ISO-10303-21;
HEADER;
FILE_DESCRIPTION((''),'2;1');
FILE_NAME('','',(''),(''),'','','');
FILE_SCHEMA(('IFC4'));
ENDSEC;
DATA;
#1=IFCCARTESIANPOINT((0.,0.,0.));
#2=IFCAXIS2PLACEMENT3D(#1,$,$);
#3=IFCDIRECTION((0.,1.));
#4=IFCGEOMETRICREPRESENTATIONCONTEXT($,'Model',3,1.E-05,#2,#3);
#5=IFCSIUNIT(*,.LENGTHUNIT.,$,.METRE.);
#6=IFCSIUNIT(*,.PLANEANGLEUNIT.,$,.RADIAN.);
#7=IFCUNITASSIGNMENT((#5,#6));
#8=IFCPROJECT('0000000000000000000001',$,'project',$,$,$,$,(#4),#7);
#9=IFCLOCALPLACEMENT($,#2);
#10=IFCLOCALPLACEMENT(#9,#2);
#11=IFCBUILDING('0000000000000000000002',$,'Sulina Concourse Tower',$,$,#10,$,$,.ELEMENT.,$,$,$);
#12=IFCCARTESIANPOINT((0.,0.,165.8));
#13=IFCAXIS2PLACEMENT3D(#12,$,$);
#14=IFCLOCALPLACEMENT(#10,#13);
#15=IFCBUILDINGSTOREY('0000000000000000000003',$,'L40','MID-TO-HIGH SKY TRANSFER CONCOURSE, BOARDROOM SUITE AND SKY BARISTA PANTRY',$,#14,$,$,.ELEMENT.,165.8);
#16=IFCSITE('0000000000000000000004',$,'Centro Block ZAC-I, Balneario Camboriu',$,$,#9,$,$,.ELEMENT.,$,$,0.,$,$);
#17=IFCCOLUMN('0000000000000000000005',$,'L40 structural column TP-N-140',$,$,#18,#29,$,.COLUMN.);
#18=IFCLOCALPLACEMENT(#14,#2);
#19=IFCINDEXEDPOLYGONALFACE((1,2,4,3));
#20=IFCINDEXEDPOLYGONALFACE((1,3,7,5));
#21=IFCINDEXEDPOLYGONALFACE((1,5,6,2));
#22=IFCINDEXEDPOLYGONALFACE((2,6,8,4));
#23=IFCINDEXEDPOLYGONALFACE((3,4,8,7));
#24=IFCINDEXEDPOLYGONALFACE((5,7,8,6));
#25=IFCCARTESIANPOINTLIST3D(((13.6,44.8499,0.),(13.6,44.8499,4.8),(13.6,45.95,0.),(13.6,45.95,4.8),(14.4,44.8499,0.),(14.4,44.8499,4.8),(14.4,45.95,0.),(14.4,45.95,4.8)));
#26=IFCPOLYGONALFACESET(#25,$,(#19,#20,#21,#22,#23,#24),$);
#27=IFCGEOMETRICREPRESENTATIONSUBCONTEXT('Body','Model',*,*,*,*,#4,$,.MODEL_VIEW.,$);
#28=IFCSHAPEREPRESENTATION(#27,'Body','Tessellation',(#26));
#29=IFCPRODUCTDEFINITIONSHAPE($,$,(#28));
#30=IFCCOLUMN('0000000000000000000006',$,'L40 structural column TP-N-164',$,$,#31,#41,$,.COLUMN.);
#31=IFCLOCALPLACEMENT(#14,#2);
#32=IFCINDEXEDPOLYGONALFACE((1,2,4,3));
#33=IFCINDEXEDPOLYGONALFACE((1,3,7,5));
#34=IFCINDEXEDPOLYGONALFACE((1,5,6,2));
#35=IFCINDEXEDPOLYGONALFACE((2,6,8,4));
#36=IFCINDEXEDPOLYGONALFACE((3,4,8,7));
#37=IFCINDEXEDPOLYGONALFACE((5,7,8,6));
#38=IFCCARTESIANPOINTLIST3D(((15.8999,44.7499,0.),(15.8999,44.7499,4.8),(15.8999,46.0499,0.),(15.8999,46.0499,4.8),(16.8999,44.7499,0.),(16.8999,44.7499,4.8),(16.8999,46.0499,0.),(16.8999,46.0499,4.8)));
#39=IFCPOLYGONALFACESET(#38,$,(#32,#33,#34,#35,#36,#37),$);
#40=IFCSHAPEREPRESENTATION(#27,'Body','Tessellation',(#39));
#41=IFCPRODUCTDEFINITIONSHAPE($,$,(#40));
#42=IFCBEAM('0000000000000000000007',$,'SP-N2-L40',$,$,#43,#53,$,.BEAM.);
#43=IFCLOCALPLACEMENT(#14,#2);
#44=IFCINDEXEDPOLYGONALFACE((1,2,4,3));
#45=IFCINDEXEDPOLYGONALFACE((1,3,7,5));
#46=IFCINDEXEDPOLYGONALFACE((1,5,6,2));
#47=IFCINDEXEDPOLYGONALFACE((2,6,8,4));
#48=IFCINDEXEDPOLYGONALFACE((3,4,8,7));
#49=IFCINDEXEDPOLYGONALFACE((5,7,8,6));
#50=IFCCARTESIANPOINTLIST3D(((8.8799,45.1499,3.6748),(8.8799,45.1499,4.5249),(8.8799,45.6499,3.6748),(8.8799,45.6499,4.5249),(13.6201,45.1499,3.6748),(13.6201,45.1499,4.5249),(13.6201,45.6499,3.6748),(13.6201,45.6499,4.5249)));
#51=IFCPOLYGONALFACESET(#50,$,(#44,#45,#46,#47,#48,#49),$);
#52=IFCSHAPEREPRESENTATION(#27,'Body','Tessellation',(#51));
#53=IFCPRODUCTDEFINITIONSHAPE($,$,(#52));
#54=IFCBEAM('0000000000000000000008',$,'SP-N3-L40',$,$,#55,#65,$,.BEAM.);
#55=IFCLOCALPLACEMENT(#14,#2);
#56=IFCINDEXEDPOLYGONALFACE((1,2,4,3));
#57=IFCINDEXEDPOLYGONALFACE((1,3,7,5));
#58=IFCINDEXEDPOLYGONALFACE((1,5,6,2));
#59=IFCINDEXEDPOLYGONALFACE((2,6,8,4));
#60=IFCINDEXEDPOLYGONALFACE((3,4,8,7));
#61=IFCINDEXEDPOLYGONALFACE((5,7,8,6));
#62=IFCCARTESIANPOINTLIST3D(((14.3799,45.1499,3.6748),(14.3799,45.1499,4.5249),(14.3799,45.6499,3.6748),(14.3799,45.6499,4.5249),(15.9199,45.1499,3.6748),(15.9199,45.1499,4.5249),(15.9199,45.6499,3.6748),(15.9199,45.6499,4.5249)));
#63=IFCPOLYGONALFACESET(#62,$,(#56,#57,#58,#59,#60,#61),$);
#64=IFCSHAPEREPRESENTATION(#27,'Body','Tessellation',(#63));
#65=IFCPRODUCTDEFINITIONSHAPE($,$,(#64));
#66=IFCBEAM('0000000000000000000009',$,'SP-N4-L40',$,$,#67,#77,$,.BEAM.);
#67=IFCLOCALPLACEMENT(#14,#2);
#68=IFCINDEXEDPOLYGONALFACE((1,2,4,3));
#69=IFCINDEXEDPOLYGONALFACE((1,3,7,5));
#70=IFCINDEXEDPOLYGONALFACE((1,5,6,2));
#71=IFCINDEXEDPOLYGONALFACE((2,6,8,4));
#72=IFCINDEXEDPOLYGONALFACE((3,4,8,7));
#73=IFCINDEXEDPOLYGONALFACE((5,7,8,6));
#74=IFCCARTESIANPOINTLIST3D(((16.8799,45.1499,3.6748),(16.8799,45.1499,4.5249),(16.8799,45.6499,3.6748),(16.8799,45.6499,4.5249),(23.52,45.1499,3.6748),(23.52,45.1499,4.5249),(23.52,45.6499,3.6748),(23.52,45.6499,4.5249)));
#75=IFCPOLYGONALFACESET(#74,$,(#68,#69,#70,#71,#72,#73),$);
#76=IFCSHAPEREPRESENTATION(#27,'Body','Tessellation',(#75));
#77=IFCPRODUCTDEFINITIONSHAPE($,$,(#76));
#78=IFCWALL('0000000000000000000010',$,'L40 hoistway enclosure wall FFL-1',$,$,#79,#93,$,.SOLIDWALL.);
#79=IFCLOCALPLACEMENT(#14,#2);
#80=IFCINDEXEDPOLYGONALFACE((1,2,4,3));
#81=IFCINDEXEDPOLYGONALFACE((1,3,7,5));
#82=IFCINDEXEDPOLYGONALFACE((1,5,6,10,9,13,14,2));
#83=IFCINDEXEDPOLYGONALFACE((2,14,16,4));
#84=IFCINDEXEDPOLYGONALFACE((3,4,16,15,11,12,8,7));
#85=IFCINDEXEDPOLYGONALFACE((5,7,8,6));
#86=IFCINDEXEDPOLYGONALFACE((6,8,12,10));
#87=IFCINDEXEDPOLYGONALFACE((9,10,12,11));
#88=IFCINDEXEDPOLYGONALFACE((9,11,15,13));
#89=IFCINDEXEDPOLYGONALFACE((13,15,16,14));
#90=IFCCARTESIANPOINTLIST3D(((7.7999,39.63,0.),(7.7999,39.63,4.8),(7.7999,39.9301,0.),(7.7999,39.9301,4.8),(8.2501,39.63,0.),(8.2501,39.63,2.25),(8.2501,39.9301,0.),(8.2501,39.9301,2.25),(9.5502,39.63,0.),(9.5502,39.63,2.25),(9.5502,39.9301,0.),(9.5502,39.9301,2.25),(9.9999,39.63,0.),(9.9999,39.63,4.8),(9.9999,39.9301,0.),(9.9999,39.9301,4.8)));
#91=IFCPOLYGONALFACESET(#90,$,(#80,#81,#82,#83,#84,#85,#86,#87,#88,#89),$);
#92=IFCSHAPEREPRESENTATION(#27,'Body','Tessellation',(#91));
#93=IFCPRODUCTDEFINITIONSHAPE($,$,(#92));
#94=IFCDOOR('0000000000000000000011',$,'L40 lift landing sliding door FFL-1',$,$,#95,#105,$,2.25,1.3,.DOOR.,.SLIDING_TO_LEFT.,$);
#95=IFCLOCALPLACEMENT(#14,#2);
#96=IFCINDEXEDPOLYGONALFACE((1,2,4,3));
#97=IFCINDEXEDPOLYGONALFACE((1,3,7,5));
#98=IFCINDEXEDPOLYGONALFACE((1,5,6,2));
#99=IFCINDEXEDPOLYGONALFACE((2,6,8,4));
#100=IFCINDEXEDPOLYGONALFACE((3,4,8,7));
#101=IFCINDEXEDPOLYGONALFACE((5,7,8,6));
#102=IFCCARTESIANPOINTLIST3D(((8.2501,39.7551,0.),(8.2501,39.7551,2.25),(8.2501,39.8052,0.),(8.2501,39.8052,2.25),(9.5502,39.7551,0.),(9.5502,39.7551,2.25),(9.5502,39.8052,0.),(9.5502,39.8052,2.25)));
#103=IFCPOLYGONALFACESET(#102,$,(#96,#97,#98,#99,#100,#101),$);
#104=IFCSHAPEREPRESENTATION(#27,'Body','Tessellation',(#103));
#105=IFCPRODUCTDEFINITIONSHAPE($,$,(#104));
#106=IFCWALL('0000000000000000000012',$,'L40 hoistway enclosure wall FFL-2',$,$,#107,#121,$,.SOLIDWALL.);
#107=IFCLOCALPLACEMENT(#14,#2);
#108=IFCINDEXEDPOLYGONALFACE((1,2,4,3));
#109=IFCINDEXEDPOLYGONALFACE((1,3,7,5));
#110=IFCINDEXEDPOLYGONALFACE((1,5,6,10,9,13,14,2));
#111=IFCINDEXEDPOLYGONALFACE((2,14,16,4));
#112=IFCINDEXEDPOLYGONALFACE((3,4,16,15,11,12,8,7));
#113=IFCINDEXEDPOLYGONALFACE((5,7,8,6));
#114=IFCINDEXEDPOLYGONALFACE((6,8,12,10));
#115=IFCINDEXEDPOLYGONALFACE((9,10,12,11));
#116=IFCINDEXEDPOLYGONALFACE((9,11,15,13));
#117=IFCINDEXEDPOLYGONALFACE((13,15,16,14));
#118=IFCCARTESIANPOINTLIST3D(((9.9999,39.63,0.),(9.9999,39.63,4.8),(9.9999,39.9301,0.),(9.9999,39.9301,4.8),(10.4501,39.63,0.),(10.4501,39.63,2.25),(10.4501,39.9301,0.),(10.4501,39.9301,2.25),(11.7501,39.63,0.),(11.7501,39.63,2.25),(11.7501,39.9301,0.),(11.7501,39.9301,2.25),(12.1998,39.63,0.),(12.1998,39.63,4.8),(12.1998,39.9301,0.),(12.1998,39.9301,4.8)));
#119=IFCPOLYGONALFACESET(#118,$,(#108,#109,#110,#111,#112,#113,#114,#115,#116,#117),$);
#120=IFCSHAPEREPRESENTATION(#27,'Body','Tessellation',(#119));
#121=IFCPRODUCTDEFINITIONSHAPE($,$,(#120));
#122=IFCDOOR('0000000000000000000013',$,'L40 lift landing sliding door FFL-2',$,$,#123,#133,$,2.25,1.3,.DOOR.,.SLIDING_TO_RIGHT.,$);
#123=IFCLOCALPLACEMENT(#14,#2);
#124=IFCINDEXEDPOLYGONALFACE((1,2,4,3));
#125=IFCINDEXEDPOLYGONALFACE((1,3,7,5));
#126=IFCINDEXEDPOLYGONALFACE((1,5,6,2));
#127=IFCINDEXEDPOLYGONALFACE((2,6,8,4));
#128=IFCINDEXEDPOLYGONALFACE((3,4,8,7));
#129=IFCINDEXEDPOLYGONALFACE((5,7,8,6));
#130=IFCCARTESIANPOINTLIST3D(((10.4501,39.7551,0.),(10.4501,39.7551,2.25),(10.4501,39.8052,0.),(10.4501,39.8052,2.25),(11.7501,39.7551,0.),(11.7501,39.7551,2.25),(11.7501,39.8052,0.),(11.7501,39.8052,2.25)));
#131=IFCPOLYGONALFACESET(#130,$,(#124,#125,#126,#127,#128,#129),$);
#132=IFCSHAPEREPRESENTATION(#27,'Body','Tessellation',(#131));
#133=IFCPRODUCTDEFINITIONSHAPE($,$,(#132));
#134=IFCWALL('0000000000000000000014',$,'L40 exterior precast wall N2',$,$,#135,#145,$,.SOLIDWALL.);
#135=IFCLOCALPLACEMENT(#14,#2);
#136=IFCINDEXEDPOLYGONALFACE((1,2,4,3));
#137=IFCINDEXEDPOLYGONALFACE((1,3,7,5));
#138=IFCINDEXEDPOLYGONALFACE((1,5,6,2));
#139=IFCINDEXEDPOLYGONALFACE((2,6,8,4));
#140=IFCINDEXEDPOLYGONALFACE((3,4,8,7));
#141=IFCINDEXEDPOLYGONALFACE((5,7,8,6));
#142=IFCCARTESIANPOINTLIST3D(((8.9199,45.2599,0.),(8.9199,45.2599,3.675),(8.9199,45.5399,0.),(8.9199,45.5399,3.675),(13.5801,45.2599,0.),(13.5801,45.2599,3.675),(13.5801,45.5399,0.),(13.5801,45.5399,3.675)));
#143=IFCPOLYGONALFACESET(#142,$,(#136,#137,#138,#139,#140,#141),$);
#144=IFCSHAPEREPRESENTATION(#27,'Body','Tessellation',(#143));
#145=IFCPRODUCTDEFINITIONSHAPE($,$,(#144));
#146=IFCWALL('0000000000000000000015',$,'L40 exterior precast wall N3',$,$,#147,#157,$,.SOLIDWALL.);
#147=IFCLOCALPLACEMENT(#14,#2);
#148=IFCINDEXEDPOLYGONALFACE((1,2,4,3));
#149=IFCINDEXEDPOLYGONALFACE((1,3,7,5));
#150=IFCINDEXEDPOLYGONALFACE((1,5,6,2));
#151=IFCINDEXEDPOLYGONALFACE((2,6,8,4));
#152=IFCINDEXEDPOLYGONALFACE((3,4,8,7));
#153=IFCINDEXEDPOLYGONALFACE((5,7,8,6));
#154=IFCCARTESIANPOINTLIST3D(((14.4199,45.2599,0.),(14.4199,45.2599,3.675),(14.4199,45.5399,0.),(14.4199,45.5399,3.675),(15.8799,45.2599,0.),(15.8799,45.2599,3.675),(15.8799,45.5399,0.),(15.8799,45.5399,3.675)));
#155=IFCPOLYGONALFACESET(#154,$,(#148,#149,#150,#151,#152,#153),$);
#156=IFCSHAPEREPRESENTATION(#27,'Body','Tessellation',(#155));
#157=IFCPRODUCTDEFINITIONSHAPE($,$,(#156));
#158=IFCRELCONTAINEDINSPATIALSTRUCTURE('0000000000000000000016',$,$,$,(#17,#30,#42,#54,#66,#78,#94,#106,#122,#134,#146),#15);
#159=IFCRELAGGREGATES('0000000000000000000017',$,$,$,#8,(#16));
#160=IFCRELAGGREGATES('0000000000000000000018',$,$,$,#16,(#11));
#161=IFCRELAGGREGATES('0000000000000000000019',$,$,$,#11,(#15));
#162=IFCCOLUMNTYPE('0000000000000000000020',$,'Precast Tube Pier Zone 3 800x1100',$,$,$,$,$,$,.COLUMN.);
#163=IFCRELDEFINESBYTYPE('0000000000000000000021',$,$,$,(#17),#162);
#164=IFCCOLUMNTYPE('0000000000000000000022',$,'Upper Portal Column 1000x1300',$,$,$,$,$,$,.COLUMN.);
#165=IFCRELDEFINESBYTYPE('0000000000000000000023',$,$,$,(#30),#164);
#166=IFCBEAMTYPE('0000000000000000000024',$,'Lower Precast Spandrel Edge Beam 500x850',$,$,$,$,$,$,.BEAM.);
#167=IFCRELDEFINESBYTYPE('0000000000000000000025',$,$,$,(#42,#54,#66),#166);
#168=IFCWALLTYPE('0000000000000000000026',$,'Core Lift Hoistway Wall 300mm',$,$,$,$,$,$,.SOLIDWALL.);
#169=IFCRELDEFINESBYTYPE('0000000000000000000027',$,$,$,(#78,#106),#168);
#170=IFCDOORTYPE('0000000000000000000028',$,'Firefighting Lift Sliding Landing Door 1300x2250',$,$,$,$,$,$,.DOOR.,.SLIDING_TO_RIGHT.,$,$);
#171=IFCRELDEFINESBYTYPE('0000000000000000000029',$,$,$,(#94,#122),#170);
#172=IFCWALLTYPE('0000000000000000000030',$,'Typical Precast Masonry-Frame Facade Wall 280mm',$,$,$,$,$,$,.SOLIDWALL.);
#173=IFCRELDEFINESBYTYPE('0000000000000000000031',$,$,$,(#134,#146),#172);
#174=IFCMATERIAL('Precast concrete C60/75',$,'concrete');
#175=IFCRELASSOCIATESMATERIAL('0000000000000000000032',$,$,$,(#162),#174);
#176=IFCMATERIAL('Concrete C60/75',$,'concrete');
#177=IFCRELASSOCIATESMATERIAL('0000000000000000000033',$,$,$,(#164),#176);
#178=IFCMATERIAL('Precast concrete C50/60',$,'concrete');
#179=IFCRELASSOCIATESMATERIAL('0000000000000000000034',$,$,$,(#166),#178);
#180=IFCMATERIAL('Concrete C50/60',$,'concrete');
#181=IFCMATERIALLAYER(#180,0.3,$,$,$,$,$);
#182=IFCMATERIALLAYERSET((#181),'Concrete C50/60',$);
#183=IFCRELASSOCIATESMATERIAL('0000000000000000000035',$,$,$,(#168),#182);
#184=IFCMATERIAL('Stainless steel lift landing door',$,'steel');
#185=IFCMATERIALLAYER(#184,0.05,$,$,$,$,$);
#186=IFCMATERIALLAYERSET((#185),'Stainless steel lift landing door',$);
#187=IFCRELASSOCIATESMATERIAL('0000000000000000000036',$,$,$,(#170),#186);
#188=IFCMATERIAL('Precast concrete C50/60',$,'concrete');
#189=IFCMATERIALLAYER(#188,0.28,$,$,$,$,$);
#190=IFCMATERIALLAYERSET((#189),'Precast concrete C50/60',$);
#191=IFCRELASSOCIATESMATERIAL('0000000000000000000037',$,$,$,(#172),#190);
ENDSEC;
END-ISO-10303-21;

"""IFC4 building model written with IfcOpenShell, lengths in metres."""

from ifc_helpers import new_model, si_unit, direction, frame, frame_2d, origin, origin_2d, place, context, subcontext, project, spatial, rectangle, extrude, material, layer, layer_set, material_profile, profile_set, type_object, element, fill, save


model = new_model("IFC4")

# Units and contexts
model_context = context("Model", 3, precision=1e-05, world=origin(), true_north=direction((0.0, 1.0)))
body_context = subcontext(model_context, "Body", "Model", "MODEL_VIEW")
ifc_project = project(units=[si_unit("LENGTHUNIT", "METRE"), si_unit("PLANEANGLEUNIT", "RADIAN")], contexts=[model_context])

# Site, building, storey
site_placement = place(None, origin())
site = spatial("IfcSite", under=ifc_project, at=site_placement, Name="Centro Block ZAC-I, Balneario Camboriu", CompositionType="ELEMENT", RefElevation=0.0)
building_placement = place(site_placement, origin())
building = spatial("IfcBuilding", under=site, at=building_placement, Name="Sulina Concourse Tower", CompositionType="ELEMENT")
storey_placement = place(building_placement, frame((0.0, 0.0, 165.8)))
storey = spatial("IfcBuildingStorey", under=building, at=storey_placement, Name="L40", Description="MID-TO-HIGH SKY TRANSFER CONCOURSE, BOARDROOM SUITE AND SKY BARISTA PANTRY", CompositionType="ELEMENT", Elevation=165.8)

# Columns
ifc_material_1 = material(Name="Precast concrete C60/75", Category="concrete")
ifc_material_profile_1 = material_profile(ifc_material_1, rectangle(XDim=0.8, YDim=1.1001, at=origin_2d()), Name="PC 800x1100")
ifc_profile_set_1 = profile_set([ifc_material_profile_1], Name="Precast concrete C60/75")
column_type_1 = type_object("IfcColumnType", Name="Precast Tube Pier Zone 3 800x1100", PredefinedType="COLUMN", material=ifc_profile_set_1)
column_1_placement = place(storey_placement, frame((14.0, 45.3999, 0.0), z_axis=(0.0, 0.0, 1.0), x_axis=(1.0, 0.0, 0.0)))
element("IfcColumn", 1, at=column_1_placement, inside=storey, type_object=column_type_1, Name="L40 structural column TP-N-140", PredefinedType="COLUMN", context=body_context, shape_type="SweptSolid", body=[
    extrude(rectangle(XDim=0.8, YDim=1.1001, at=origin_2d()), origin(), (0.0, 0.0, 1.0), 4.8),
])
ifc_material_2 = material(Name="Concrete C60/75", Category="concrete")
ifc_material_profile_2 = material_profile(ifc_material_2, rectangle(XDim=1.0, YDim=1.3, at=origin_2d()), Name="RC 1000x1300")
ifc_profile_set_2 = profile_set([ifc_material_profile_2], Name="Concrete C60/75")
column_type_2 = type_object("IfcColumnType", Name="Upper Portal Column 1000x1300", PredefinedType="COLUMN", material=ifc_profile_set_2)
column_2_placement = place(storey_placement, frame((16.3999, 45.3999, 0.0), z_axis=(0.0, 0.0, 1.0), x_axis=(1.0, 0.0, 0.0)))
element("IfcColumn", 2, at=column_2_placement, inside=storey, type_object=column_type_2, Name="L40 structural column TP-N-164", PredefinedType="COLUMN", context=body_context, shape_type="SweptSolid", body=[
    extrude(rectangle(XDim=1.0, YDim=1.3, at=origin_2d()), origin(), (0.0, 0.0, 1.0), 4.8),
])

# Beams
ifc_material_3 = material(Name="Precast concrete C50/60", Category="concrete")
ifc_material_profile_3 = material_profile(ifc_material_3, rectangle(XDim=0.5, YDim=0.8501, at=origin_2d()), Name="RC 500x850")
ifc_profile_set_3 = profile_set([ifc_material_profile_3], Name="Precast concrete C50/60")
beam_type = type_object("IfcBeamType", Name="Lower Precast Spandrel Edge Beam 500x850", PredefinedType="BEAM", material=ifc_profile_set_3)
beam_1_placement = place(storey_placement, frame((8.8799, 45.3999, 4.0999), z_axis=(1.0, 0.0, 0.0), x_axis=(0.0, 1.0, 0.0)))
element("IfcBeam", 3, at=beam_1_placement, inside=storey, type_object=beam_type, Name="SP-N2-L40", PredefinedType="BEAM", context=body_context, shape_type="SweptSolid", body=[
    extrude(rectangle(XDim=0.5, YDim=0.8501, at=origin_2d()), origin(), (0.0, 0.0, 1.0), 4.7402),
])
beam_2_placement = place(storey_placement, frame((14.3799, 45.3999, 4.0999), z_axis=(1.0, 0.0, 0.0), x_axis=(0.0, 1.0, 0.0)))
element("IfcBeam", 4, at=beam_2_placement, inside=storey, type_object=beam_type, Name="SP-N3-L40", PredefinedType="BEAM", context=body_context, shape_type="SweptSolid", body=[
    extrude(rectangle(XDim=0.5, YDim=0.8501, at=origin_2d()), origin(), (0.0, 0.0, 1.0), 1.54),
])
beam_3_placement = place(storey_placement, frame((16.8799, 45.3999, 4.0999), z_axis=(1.0, 0.0, 0.0), x_axis=(0.0, 1.0, 0.0)))
element("IfcBeam", 5, at=beam_3_placement, inside=storey, type_object=beam_type, Name="SP-N4-L40", PredefinedType="BEAM", context=body_context, shape_type="SweptSolid", body=[
    extrude(rectangle(XDim=0.5, YDim=0.8501, at=origin_2d()), origin(), (0.0, 0.0, 1.0), 6.6401),
])

# Walls, openings, doors
ifc_material_4 = material(Name="Concrete C50/60", Category="concrete")
ifc_layer_1 = layer(ifc_material_4, 0.3)
ifc_layer_set_1 = layer_set([ifc_layer_1], Name="Concrete C50/60")
wall_type_1 = type_object("IfcWallType", Name="Core Lift Hoistway Wall 300mm", PredefinedType="SOLIDWALL", material=ifc_layer_set_1)
wall_1_placement = place(storey_placement, frame((10.0, 39.78, 0.0), z_axis=(0.0, 0.0, 1.0), x_axis=(-1.0, 0.0, 0.0)))
wall_1 = element("IfcWall", 6, at=wall_1_placement, inside=storey, type_object=wall_type_1, Name="L40 hoistway enclosure wall FFL-1", PredefinedType="SOLIDWALL", context=body_context, shape_type="SweptSolid", body=[
    extrude(rectangle(XDim=2.2, YDim=0.3, at=frame_2d((1.1001, 0.0))), origin(), (0.0, 0.0, 1.0), 4.8),
])
opening_1_placement = place(wall_1_placement, frame((0.45, 0.0, 0.0)))
opening_1 = element("IfcOpeningElement", 7, at=opening_1_placement, cuts=wall_1, PredefinedType="OPENING", context=body_context, shape_type="SweptSolid", body=[
    extrude(rectangle(XDim=1.3, YDim=2.25, at=frame_2d((0.6499, 1.125))), frame((0.0, 0.1599, 0.0), z_axis=(0.0, -1.0, 0.0), x_axis=(1.0, 0.0, 0.0)), (0.0, 0.0, 1.0), 0.3201),
])
ifc_material_5 = material(Name="Stainless steel lift landing door", Category="steel")
ifc_layer_2 = layer(ifc_material_5, 0.05)
ifc_layer_set_2 = layer_set([ifc_layer_2], Name="Stainless steel lift landing door")
door_type = type_object("IfcDoorType", Name="Firefighting Lift Sliding Landing Door 1300x2250", OperationType="SLIDING_TO_RIGHT", PredefinedType="DOOR", material=ifc_layer_set_2)
door_1_placement = place(opening_1_placement, origin())
door_1 = element("IfcDoor", 8, at=door_1_placement, inside=storey, type_object=door_type, Name="L40 lift landing sliding door FFL-1", OperationType="SLIDING_TO_LEFT", OverallHeight=2.25, OverallWidth=1.3, PredefinedType="DOOR", context=body_context, shape_type="SweptSolid", body=[
    extrude(rectangle(XDim=1.3, YDim=2.25, at=frame_2d((0.6499, 1.125))), frame((0.0, 0.0249, 0.0), z_axis=(0.0, -1.0, 0.0), x_axis=(1.0, 0.0, 0.0)), (0.0, 0.0, 1.0), 0.05),
])
fill(opening_1, door_1)
wall_2_placement = place(storey_placement, frame((12.2, 39.78, 0.0), z_axis=(0.0, 0.0, 1.0), x_axis=(-1.0, 0.0, 0.0)))
wall_2 = element("IfcWall", 9, at=wall_2_placement, inside=storey, type_object=wall_type_1, Name="L40 hoistway enclosure wall FFL-2", PredefinedType="SOLIDWALL", context=body_context, shape_type="SweptSolid", body=[
    extrude(rectangle(XDim=2.2, YDim=0.3, at=frame_2d((1.1001, 0.0))), origin(), (0.0, 0.0, 1.0), 4.8),
])
opening_2_placement = place(wall_2_placement, frame((0.45, 0.0, 0.0)))
opening_2 = element("IfcOpeningElement", 10, at=opening_2_placement, cuts=wall_2, PredefinedType="OPENING", context=body_context, shape_type="SweptSolid", body=[
    extrude(rectangle(XDim=1.3, YDim=2.25, at=frame_2d((0.6499, 1.125))), frame((0.0, 0.1599, 0.0), z_axis=(0.0, -1.0, 0.0), x_axis=(1.0, 0.0, 0.0)), (0.0, 0.0, 1.0), 0.3201),
])
door_2_placement = place(opening_2_placement, origin())
door_2 = element("IfcDoor", 11, at=door_2_placement, inside=storey, type_object=door_type, Name="L40 lift landing sliding door FFL-2", OperationType="SLIDING_TO_RIGHT", OverallHeight=2.25, OverallWidth=1.3, PredefinedType="DOOR", context=body_context, shape_type="SweptSolid", body=[
    extrude(rectangle(XDim=1.3, YDim=2.25, at=frame_2d((0.6499, 1.125))), frame((0.0, 0.0249, 0.0), z_axis=(0.0, -1.0, 0.0), x_axis=(1.0, 0.0, 0.0)), (0.0, 0.0, 1.0), 0.05),
])
fill(opening_2, door_2)

# Walls
ifc_material_6 = material(Name="Precast concrete C50/60", Category="concrete")
ifc_layer_3 = layer(ifc_material_6, 0.28)
ifc_layer_set_3 = layer_set([ifc_layer_3], Name="Precast concrete C50/60")
wall_type_2 = type_object("IfcWallType", Name="Typical Precast Masonry-Frame Facade Wall 280mm", PredefinedType="SOLIDWALL", material=ifc_layer_set_3)
wall_3_placement = place(storey_placement, frame((8.9199, 45.3999, 0.0), z_axis=(0.0, 0.0, 1.0), x_axis=(1.0, 0.0, 0.0)))
element("IfcWall", 12, at=wall_3_placement, inside=storey, type_object=wall_type_2, Name="L40 exterior precast wall N2", PredefinedType="SOLIDWALL", context=body_context, shape_type="SweptSolid", body=[
    extrude(rectangle(XDim=4.6602, YDim=0.28, at=frame_2d((2.3301, 0.0))), origin(), (0.0, 0.0, 1.0), 3.675),
])
wall_4_placement = place(storey_placement, frame((14.4199, 45.3999, 0.0), z_axis=(0.0, 0.0, 1.0), x_axis=(1.0, 0.0, 0.0)))
element("IfcWall", 13, at=wall_4_placement, inside=storey, type_object=wall_type_2, Name="L40 exterior precast wall N3", PredefinedType="SOLIDWALL", context=body_context, shape_type="SweptSolid", body=[
    extrude(rectangle(XDim=1.46, YDim=0.28, at=frame_2d((0.73, 0.0))), origin(), (0.0, 0.0, 1.0), 3.675),
])

save(model, "model.ifc")
